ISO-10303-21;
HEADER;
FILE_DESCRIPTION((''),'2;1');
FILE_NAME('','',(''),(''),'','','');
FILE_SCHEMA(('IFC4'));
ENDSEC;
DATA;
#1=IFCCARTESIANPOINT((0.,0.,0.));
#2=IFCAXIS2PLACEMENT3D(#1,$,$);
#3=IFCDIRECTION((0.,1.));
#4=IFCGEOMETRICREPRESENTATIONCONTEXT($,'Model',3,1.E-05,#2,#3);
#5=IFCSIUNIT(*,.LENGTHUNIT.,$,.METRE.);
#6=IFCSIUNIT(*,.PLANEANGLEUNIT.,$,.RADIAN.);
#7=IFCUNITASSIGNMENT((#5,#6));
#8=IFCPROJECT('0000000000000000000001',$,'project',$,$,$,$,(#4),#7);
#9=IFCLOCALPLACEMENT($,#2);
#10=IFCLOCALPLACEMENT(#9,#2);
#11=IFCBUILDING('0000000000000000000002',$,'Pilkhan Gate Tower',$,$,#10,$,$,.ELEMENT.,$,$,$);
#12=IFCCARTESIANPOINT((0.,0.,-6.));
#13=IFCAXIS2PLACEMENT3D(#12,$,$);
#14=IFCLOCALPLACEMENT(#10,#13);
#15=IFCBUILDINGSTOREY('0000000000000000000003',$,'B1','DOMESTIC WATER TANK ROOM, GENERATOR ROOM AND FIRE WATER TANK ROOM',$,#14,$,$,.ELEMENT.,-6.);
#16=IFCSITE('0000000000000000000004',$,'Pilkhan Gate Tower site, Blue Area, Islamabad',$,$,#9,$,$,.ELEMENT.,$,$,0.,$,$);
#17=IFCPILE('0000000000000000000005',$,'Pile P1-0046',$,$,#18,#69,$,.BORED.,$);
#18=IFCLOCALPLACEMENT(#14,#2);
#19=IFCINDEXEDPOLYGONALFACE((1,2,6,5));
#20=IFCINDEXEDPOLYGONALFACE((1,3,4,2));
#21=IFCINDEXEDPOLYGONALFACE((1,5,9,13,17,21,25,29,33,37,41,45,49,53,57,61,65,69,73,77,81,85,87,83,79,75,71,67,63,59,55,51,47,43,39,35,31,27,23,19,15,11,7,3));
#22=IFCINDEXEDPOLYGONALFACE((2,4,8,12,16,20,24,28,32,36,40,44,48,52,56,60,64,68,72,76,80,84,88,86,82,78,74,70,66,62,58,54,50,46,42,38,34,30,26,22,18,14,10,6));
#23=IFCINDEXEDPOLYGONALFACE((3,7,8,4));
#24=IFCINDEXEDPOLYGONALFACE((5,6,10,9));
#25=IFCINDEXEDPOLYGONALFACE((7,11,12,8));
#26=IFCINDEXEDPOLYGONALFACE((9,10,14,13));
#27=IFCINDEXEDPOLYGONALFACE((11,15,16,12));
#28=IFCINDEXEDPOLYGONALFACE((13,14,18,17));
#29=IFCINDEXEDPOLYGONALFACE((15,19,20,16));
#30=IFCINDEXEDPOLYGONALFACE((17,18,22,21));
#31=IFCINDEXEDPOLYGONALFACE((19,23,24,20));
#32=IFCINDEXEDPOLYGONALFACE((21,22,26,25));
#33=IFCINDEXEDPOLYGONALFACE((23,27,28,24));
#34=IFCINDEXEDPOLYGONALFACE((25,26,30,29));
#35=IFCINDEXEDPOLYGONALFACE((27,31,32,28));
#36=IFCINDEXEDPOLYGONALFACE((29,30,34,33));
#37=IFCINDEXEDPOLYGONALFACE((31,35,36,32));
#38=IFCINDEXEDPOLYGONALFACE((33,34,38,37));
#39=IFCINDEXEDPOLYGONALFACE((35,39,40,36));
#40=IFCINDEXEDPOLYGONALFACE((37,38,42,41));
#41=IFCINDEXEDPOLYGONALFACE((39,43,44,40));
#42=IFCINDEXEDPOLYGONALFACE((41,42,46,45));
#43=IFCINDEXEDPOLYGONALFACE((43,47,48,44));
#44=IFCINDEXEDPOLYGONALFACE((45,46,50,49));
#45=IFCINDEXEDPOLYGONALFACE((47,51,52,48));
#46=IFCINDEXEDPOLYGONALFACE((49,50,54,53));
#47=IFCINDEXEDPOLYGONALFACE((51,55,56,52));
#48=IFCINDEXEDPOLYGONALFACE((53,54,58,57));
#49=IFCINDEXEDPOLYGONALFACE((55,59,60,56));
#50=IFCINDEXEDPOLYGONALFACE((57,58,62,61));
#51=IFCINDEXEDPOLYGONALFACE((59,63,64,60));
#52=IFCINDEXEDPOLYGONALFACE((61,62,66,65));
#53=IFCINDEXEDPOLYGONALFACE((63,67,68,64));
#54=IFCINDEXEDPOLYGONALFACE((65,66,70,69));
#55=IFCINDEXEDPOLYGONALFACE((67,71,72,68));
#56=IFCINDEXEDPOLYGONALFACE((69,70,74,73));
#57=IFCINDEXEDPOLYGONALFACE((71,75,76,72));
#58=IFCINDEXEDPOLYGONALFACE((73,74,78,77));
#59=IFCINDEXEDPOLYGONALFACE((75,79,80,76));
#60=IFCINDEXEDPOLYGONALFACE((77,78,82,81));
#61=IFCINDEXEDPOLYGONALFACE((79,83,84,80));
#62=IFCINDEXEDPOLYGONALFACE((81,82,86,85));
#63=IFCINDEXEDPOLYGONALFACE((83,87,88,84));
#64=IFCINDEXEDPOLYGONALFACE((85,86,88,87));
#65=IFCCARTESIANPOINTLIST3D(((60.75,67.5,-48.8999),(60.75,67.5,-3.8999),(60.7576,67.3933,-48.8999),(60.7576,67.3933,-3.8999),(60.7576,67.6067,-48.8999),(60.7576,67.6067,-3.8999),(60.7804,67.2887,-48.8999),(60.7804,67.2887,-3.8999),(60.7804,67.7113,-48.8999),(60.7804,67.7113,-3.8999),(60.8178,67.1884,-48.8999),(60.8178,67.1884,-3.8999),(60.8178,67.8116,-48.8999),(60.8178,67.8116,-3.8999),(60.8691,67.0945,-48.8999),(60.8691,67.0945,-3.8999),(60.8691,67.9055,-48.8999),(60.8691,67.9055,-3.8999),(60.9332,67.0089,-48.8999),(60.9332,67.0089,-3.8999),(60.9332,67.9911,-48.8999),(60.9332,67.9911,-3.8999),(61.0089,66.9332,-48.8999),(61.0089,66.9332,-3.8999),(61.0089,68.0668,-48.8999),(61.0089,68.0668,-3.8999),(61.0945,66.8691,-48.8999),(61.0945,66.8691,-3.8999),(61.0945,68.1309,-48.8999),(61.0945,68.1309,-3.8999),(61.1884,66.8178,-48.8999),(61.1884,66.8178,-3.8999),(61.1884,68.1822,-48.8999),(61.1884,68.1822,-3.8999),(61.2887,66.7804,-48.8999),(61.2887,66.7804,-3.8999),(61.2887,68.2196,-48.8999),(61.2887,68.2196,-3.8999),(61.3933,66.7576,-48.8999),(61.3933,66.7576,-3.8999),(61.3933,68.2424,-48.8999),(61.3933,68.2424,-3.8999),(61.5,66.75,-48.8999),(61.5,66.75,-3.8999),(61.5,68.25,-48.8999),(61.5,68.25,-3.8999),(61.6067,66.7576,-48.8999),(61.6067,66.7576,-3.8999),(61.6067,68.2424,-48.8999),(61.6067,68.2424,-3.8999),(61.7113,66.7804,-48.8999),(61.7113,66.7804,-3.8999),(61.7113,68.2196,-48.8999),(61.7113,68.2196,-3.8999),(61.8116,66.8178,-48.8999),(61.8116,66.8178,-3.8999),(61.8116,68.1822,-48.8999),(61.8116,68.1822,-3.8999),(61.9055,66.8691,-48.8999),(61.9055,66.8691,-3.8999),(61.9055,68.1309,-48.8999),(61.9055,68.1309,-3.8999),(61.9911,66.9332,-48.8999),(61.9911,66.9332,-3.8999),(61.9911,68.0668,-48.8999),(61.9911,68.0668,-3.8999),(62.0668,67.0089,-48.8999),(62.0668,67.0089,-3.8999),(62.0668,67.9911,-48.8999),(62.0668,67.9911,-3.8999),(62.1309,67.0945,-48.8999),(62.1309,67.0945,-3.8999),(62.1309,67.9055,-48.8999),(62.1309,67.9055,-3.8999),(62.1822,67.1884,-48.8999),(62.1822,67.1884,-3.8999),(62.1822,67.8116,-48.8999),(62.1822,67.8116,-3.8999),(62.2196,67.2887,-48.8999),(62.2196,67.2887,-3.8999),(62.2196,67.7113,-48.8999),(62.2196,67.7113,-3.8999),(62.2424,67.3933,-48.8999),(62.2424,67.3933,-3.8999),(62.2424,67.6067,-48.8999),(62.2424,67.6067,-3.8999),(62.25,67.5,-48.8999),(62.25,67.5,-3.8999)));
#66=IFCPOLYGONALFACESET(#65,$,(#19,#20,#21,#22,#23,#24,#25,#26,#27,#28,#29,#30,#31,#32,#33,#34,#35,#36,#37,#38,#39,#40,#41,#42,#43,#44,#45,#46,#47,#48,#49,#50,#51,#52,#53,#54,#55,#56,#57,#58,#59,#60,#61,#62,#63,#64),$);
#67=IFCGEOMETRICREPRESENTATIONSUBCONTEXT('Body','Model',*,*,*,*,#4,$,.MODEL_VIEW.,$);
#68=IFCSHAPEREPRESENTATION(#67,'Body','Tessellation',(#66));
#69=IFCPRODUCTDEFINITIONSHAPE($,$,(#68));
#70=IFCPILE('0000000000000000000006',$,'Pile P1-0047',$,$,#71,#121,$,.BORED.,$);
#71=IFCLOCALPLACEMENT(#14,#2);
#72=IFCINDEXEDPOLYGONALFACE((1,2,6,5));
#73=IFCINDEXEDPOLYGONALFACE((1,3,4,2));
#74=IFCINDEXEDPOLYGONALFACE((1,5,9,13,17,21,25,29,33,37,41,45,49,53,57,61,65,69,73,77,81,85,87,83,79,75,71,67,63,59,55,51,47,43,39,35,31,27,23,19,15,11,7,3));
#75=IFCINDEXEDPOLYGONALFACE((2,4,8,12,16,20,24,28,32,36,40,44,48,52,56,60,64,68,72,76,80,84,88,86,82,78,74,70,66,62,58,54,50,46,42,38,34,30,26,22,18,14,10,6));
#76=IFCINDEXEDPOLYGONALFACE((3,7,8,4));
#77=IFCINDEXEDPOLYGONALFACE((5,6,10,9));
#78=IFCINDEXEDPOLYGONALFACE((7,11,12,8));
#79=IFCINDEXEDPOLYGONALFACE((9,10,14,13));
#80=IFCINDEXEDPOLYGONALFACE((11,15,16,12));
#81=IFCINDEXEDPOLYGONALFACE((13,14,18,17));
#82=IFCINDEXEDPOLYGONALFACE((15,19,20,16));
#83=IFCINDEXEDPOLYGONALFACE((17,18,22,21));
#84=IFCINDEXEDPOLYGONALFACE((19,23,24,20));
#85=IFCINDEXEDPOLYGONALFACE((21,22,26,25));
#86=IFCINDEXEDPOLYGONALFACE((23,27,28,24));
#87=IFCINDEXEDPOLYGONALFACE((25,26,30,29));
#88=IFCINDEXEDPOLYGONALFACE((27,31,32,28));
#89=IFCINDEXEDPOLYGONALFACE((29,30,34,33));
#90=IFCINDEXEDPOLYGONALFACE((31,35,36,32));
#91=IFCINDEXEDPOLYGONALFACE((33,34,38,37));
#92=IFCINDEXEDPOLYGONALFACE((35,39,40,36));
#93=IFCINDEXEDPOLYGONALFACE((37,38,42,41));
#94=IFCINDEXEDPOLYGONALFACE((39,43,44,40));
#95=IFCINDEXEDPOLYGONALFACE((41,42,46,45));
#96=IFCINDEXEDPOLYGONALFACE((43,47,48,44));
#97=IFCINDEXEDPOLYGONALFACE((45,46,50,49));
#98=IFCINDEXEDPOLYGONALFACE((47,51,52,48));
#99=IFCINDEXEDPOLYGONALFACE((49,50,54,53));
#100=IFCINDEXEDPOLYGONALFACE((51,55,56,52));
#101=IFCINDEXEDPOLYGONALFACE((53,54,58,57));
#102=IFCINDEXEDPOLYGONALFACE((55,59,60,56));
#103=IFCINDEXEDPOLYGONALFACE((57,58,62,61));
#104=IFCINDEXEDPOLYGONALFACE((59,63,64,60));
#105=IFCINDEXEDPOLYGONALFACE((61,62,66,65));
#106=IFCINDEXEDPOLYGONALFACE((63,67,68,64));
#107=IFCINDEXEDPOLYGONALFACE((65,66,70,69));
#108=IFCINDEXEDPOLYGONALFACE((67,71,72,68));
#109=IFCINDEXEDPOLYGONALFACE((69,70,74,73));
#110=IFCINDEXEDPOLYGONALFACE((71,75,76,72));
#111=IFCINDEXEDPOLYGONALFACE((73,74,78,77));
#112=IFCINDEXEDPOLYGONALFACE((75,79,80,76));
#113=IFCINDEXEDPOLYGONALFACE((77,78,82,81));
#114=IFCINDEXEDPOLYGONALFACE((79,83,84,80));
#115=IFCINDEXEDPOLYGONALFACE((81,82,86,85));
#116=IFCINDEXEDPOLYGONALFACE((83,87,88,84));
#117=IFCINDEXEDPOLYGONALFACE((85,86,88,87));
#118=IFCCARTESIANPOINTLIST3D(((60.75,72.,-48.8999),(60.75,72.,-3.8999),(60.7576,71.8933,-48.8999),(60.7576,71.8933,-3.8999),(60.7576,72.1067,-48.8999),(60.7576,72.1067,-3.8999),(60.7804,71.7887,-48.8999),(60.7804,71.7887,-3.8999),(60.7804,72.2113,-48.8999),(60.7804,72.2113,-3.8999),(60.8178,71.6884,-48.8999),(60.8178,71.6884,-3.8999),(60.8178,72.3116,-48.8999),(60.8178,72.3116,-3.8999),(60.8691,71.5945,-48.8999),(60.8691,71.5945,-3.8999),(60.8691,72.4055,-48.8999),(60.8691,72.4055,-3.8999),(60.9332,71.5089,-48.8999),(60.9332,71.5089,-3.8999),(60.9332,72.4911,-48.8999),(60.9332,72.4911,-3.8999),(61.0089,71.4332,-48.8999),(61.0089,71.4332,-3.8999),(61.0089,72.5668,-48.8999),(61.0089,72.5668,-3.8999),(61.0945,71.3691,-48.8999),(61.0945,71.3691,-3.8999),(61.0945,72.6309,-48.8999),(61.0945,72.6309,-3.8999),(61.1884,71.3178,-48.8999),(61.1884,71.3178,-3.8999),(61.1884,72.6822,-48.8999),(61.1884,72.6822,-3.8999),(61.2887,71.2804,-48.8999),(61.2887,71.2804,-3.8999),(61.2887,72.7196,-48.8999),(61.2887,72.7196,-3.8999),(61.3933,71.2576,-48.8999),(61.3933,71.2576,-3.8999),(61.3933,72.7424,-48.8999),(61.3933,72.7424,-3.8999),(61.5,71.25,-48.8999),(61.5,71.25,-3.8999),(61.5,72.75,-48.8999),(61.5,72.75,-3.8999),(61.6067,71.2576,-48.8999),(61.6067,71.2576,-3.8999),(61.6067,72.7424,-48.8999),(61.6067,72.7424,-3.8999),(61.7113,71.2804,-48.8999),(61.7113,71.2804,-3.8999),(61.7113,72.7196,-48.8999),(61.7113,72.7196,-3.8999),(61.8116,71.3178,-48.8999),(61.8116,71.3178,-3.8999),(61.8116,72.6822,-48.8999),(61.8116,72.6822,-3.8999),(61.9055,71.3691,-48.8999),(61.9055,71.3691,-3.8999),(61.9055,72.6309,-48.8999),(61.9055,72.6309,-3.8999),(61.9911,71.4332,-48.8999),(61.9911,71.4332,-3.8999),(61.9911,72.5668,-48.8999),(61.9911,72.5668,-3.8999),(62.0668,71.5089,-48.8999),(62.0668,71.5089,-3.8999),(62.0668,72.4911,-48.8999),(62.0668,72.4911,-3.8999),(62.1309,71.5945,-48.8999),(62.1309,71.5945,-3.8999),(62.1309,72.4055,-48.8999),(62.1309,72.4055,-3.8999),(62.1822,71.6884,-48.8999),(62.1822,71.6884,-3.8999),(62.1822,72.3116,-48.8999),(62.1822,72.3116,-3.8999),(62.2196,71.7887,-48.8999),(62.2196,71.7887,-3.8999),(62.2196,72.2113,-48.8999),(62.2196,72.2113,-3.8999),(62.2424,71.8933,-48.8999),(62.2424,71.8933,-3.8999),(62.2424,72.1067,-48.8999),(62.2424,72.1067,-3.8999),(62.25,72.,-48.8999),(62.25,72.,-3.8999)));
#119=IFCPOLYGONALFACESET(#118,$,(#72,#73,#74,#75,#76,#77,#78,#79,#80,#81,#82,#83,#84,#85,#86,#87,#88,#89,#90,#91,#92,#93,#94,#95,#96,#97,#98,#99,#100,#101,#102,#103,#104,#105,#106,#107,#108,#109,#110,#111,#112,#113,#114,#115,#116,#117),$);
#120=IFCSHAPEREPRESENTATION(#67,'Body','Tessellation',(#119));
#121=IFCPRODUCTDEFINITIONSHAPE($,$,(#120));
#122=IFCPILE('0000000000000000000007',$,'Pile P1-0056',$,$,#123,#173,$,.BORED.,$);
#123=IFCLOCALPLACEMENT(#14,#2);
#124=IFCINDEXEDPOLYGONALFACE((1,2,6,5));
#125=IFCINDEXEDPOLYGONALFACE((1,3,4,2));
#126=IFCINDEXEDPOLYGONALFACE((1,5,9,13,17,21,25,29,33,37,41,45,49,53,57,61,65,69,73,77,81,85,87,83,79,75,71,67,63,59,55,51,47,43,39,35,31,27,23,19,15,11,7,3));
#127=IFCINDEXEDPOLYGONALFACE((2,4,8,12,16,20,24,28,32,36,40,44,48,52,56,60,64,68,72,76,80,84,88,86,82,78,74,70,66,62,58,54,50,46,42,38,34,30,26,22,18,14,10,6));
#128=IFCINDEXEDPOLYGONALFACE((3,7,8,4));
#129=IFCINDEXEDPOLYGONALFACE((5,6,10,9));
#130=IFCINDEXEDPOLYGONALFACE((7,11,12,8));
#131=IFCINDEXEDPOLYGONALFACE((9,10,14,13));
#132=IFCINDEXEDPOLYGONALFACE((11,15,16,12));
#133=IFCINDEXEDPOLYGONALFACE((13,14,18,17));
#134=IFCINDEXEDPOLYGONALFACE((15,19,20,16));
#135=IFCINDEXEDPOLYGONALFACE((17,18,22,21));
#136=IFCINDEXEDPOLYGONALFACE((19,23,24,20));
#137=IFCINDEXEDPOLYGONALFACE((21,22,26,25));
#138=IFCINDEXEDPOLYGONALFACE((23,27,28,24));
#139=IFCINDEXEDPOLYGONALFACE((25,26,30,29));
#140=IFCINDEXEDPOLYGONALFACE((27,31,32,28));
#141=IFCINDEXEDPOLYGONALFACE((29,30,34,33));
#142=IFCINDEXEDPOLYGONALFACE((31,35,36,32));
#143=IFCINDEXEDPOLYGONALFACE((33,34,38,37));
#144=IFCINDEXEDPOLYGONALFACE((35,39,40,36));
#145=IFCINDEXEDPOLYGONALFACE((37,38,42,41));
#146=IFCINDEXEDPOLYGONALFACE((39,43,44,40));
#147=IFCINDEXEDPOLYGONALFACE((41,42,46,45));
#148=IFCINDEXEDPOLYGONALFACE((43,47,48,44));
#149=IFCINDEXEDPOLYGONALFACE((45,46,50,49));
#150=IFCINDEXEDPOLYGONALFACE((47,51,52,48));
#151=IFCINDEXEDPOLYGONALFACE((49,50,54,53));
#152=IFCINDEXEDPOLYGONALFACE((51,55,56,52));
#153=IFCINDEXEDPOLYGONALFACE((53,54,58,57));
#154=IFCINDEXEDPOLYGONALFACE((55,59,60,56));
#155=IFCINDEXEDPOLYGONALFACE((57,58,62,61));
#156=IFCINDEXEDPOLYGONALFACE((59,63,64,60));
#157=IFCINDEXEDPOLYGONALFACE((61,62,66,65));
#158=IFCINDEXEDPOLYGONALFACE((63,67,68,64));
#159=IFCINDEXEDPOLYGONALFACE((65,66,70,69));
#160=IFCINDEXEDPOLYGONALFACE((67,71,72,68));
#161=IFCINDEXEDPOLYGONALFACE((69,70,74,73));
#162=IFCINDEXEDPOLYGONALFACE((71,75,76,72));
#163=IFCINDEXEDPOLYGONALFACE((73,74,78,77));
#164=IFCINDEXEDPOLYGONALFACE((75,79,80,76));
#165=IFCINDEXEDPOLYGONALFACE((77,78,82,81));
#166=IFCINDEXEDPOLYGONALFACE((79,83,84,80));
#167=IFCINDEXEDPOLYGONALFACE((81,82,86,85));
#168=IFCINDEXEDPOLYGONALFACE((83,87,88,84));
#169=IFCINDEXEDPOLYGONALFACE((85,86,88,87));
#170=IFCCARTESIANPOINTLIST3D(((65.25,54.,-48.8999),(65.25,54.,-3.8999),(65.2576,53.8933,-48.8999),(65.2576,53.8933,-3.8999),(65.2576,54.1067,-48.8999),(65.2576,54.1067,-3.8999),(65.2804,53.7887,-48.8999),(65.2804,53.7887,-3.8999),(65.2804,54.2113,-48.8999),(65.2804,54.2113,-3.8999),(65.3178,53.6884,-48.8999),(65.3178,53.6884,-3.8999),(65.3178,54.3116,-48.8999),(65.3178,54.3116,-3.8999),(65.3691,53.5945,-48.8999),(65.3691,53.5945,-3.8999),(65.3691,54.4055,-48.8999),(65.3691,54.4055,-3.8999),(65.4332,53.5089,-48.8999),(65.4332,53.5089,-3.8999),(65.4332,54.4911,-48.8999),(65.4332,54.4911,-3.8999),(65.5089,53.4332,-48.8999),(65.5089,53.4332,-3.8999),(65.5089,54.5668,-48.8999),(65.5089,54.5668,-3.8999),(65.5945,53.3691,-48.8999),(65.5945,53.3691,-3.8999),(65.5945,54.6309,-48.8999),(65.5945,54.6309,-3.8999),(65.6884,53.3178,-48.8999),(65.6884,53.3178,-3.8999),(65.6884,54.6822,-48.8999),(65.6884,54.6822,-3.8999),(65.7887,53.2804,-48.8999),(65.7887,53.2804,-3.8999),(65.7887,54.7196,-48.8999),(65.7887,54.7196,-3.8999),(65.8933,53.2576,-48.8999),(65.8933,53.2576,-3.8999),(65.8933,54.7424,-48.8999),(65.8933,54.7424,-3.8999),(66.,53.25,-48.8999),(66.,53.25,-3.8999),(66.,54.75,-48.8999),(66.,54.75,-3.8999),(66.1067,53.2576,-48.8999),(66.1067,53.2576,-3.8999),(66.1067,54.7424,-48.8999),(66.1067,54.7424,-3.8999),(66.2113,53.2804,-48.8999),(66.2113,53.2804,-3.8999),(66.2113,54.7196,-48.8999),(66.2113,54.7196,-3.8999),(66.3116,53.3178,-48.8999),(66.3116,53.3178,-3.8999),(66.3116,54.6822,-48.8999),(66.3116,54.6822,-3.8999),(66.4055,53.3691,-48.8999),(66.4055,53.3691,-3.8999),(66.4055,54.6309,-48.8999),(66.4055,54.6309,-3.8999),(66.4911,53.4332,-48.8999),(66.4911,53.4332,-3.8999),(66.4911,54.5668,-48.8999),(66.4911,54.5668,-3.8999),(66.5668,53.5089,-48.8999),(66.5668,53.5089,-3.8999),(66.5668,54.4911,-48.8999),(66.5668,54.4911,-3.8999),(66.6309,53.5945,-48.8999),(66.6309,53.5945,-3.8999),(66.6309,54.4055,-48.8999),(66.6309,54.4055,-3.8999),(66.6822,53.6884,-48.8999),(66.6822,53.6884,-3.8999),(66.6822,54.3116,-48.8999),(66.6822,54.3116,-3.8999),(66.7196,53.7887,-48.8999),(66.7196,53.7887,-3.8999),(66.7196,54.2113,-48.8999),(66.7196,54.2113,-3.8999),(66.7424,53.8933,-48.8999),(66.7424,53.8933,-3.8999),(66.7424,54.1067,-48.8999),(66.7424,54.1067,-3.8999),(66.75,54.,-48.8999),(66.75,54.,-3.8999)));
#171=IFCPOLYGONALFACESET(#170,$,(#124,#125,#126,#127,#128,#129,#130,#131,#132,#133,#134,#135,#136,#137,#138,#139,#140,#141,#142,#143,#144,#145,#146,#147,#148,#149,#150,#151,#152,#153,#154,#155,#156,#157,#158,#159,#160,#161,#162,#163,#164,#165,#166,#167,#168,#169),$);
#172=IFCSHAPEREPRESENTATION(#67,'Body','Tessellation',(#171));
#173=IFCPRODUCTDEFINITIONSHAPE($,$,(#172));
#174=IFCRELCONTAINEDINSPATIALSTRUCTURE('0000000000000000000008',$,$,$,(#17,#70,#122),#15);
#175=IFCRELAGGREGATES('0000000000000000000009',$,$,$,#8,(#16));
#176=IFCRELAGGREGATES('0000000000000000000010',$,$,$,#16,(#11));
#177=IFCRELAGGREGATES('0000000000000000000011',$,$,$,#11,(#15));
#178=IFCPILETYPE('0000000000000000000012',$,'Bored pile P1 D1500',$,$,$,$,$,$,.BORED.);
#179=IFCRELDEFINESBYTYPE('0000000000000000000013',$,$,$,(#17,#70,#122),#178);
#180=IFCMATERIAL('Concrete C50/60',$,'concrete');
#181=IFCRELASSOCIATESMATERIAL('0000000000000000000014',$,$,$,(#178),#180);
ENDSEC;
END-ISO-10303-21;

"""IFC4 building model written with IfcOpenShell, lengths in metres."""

from ifc_helpers import new_model, si_unit, direction, frame, origin, origin_2d, place, context, subcontext, project, spatial, circle, extrude, material, material_profile, profile_set, type_object, element, save


model = new_model("IFC4")

# Units and contexts
model_context = context("Model", 3, precision=1e-05, world=origin(), true_north=direction((0.0, 1.0)))
body_context = subcontext(model_context, "Body", "Model", "MODEL_VIEW")
ifc_project = project(units=[si_unit("LENGTHUNIT", "METRE"), si_unit("PLANEANGLEUNIT", "RADIAN")], contexts=[model_context])

# Site, building, storey
site_placement = place(None, origin())
site = spatial("IfcSite", under=ifc_project, at=site_placement, Name="Pilkhan Gate Tower site, Blue Area, Islamabad", CompositionType="ELEMENT", RefElevation=0.0)
building_placement = place(site_placement, origin())
building = spatial("IfcBuilding", under=site, at=building_placement, Name="Pilkhan Gate Tower", CompositionType="ELEMENT")
storey_placement = place(building_placement, frame((0.0, 0.0, -6.0)))
storey = spatial("IfcBuildingStorey", under=building, at=storey_placement, Name="B1", Description="DOMESTIC WATER TANK ROOM, GENERATOR ROOM AND FIRE WATER TANK ROOM", CompositionType="ELEMENT", Elevation=-6.0)

# Piles
ifc_material_1 = material(Name="Concrete C50/60", Category="concrete")
ifc_material_profile_1 = material_profile(ifc_material_1, circle(Radius=0.75, at=origin_2d()), Name="Bored pile 1500 dia")
ifc_profile_set_1 = profile_set([ifc_material_profile_1], Name="Concrete C50/60")
pile_type = type_object("IfcPileType", Name="Bored pile P1 D1500", PredefinedType="BORED", material=ifc_profile_set_1)
for number, where, z_axis, x_axis, name in (
    (1, (61.5, 67.5, -3.8999), (0.0, 0.0, -1.0), (1.0, 0.0, 0.0), "Pile P1-0046"),
    (2, (61.5, 72.0, -3.8999), (0.0, 0.0, -1.0), (1.0, 0.0, 0.0), "Pile P1-0047"),
    (3, (66.0, 54.0, -3.8999), (0.0, 0.0, -1.0), (1.0, 0.0, 0.0), "Pile P1-0056"),
):
    element("IfcPile", number, at=place(storey_placement, frame(where, z_axis=z_axis, x_axis=x_axis)), inside=storey, type_object=pile_type, Name=name, PredefinedType="BORED", context=body_context, shape_type="SweptSolid", body=[
        extrude(circle(Radius=0.75, at=origin_2d()), origin(), (0.0, 0.0, 1.0), 45.0),
    ])

save(model, "model.ifc")
